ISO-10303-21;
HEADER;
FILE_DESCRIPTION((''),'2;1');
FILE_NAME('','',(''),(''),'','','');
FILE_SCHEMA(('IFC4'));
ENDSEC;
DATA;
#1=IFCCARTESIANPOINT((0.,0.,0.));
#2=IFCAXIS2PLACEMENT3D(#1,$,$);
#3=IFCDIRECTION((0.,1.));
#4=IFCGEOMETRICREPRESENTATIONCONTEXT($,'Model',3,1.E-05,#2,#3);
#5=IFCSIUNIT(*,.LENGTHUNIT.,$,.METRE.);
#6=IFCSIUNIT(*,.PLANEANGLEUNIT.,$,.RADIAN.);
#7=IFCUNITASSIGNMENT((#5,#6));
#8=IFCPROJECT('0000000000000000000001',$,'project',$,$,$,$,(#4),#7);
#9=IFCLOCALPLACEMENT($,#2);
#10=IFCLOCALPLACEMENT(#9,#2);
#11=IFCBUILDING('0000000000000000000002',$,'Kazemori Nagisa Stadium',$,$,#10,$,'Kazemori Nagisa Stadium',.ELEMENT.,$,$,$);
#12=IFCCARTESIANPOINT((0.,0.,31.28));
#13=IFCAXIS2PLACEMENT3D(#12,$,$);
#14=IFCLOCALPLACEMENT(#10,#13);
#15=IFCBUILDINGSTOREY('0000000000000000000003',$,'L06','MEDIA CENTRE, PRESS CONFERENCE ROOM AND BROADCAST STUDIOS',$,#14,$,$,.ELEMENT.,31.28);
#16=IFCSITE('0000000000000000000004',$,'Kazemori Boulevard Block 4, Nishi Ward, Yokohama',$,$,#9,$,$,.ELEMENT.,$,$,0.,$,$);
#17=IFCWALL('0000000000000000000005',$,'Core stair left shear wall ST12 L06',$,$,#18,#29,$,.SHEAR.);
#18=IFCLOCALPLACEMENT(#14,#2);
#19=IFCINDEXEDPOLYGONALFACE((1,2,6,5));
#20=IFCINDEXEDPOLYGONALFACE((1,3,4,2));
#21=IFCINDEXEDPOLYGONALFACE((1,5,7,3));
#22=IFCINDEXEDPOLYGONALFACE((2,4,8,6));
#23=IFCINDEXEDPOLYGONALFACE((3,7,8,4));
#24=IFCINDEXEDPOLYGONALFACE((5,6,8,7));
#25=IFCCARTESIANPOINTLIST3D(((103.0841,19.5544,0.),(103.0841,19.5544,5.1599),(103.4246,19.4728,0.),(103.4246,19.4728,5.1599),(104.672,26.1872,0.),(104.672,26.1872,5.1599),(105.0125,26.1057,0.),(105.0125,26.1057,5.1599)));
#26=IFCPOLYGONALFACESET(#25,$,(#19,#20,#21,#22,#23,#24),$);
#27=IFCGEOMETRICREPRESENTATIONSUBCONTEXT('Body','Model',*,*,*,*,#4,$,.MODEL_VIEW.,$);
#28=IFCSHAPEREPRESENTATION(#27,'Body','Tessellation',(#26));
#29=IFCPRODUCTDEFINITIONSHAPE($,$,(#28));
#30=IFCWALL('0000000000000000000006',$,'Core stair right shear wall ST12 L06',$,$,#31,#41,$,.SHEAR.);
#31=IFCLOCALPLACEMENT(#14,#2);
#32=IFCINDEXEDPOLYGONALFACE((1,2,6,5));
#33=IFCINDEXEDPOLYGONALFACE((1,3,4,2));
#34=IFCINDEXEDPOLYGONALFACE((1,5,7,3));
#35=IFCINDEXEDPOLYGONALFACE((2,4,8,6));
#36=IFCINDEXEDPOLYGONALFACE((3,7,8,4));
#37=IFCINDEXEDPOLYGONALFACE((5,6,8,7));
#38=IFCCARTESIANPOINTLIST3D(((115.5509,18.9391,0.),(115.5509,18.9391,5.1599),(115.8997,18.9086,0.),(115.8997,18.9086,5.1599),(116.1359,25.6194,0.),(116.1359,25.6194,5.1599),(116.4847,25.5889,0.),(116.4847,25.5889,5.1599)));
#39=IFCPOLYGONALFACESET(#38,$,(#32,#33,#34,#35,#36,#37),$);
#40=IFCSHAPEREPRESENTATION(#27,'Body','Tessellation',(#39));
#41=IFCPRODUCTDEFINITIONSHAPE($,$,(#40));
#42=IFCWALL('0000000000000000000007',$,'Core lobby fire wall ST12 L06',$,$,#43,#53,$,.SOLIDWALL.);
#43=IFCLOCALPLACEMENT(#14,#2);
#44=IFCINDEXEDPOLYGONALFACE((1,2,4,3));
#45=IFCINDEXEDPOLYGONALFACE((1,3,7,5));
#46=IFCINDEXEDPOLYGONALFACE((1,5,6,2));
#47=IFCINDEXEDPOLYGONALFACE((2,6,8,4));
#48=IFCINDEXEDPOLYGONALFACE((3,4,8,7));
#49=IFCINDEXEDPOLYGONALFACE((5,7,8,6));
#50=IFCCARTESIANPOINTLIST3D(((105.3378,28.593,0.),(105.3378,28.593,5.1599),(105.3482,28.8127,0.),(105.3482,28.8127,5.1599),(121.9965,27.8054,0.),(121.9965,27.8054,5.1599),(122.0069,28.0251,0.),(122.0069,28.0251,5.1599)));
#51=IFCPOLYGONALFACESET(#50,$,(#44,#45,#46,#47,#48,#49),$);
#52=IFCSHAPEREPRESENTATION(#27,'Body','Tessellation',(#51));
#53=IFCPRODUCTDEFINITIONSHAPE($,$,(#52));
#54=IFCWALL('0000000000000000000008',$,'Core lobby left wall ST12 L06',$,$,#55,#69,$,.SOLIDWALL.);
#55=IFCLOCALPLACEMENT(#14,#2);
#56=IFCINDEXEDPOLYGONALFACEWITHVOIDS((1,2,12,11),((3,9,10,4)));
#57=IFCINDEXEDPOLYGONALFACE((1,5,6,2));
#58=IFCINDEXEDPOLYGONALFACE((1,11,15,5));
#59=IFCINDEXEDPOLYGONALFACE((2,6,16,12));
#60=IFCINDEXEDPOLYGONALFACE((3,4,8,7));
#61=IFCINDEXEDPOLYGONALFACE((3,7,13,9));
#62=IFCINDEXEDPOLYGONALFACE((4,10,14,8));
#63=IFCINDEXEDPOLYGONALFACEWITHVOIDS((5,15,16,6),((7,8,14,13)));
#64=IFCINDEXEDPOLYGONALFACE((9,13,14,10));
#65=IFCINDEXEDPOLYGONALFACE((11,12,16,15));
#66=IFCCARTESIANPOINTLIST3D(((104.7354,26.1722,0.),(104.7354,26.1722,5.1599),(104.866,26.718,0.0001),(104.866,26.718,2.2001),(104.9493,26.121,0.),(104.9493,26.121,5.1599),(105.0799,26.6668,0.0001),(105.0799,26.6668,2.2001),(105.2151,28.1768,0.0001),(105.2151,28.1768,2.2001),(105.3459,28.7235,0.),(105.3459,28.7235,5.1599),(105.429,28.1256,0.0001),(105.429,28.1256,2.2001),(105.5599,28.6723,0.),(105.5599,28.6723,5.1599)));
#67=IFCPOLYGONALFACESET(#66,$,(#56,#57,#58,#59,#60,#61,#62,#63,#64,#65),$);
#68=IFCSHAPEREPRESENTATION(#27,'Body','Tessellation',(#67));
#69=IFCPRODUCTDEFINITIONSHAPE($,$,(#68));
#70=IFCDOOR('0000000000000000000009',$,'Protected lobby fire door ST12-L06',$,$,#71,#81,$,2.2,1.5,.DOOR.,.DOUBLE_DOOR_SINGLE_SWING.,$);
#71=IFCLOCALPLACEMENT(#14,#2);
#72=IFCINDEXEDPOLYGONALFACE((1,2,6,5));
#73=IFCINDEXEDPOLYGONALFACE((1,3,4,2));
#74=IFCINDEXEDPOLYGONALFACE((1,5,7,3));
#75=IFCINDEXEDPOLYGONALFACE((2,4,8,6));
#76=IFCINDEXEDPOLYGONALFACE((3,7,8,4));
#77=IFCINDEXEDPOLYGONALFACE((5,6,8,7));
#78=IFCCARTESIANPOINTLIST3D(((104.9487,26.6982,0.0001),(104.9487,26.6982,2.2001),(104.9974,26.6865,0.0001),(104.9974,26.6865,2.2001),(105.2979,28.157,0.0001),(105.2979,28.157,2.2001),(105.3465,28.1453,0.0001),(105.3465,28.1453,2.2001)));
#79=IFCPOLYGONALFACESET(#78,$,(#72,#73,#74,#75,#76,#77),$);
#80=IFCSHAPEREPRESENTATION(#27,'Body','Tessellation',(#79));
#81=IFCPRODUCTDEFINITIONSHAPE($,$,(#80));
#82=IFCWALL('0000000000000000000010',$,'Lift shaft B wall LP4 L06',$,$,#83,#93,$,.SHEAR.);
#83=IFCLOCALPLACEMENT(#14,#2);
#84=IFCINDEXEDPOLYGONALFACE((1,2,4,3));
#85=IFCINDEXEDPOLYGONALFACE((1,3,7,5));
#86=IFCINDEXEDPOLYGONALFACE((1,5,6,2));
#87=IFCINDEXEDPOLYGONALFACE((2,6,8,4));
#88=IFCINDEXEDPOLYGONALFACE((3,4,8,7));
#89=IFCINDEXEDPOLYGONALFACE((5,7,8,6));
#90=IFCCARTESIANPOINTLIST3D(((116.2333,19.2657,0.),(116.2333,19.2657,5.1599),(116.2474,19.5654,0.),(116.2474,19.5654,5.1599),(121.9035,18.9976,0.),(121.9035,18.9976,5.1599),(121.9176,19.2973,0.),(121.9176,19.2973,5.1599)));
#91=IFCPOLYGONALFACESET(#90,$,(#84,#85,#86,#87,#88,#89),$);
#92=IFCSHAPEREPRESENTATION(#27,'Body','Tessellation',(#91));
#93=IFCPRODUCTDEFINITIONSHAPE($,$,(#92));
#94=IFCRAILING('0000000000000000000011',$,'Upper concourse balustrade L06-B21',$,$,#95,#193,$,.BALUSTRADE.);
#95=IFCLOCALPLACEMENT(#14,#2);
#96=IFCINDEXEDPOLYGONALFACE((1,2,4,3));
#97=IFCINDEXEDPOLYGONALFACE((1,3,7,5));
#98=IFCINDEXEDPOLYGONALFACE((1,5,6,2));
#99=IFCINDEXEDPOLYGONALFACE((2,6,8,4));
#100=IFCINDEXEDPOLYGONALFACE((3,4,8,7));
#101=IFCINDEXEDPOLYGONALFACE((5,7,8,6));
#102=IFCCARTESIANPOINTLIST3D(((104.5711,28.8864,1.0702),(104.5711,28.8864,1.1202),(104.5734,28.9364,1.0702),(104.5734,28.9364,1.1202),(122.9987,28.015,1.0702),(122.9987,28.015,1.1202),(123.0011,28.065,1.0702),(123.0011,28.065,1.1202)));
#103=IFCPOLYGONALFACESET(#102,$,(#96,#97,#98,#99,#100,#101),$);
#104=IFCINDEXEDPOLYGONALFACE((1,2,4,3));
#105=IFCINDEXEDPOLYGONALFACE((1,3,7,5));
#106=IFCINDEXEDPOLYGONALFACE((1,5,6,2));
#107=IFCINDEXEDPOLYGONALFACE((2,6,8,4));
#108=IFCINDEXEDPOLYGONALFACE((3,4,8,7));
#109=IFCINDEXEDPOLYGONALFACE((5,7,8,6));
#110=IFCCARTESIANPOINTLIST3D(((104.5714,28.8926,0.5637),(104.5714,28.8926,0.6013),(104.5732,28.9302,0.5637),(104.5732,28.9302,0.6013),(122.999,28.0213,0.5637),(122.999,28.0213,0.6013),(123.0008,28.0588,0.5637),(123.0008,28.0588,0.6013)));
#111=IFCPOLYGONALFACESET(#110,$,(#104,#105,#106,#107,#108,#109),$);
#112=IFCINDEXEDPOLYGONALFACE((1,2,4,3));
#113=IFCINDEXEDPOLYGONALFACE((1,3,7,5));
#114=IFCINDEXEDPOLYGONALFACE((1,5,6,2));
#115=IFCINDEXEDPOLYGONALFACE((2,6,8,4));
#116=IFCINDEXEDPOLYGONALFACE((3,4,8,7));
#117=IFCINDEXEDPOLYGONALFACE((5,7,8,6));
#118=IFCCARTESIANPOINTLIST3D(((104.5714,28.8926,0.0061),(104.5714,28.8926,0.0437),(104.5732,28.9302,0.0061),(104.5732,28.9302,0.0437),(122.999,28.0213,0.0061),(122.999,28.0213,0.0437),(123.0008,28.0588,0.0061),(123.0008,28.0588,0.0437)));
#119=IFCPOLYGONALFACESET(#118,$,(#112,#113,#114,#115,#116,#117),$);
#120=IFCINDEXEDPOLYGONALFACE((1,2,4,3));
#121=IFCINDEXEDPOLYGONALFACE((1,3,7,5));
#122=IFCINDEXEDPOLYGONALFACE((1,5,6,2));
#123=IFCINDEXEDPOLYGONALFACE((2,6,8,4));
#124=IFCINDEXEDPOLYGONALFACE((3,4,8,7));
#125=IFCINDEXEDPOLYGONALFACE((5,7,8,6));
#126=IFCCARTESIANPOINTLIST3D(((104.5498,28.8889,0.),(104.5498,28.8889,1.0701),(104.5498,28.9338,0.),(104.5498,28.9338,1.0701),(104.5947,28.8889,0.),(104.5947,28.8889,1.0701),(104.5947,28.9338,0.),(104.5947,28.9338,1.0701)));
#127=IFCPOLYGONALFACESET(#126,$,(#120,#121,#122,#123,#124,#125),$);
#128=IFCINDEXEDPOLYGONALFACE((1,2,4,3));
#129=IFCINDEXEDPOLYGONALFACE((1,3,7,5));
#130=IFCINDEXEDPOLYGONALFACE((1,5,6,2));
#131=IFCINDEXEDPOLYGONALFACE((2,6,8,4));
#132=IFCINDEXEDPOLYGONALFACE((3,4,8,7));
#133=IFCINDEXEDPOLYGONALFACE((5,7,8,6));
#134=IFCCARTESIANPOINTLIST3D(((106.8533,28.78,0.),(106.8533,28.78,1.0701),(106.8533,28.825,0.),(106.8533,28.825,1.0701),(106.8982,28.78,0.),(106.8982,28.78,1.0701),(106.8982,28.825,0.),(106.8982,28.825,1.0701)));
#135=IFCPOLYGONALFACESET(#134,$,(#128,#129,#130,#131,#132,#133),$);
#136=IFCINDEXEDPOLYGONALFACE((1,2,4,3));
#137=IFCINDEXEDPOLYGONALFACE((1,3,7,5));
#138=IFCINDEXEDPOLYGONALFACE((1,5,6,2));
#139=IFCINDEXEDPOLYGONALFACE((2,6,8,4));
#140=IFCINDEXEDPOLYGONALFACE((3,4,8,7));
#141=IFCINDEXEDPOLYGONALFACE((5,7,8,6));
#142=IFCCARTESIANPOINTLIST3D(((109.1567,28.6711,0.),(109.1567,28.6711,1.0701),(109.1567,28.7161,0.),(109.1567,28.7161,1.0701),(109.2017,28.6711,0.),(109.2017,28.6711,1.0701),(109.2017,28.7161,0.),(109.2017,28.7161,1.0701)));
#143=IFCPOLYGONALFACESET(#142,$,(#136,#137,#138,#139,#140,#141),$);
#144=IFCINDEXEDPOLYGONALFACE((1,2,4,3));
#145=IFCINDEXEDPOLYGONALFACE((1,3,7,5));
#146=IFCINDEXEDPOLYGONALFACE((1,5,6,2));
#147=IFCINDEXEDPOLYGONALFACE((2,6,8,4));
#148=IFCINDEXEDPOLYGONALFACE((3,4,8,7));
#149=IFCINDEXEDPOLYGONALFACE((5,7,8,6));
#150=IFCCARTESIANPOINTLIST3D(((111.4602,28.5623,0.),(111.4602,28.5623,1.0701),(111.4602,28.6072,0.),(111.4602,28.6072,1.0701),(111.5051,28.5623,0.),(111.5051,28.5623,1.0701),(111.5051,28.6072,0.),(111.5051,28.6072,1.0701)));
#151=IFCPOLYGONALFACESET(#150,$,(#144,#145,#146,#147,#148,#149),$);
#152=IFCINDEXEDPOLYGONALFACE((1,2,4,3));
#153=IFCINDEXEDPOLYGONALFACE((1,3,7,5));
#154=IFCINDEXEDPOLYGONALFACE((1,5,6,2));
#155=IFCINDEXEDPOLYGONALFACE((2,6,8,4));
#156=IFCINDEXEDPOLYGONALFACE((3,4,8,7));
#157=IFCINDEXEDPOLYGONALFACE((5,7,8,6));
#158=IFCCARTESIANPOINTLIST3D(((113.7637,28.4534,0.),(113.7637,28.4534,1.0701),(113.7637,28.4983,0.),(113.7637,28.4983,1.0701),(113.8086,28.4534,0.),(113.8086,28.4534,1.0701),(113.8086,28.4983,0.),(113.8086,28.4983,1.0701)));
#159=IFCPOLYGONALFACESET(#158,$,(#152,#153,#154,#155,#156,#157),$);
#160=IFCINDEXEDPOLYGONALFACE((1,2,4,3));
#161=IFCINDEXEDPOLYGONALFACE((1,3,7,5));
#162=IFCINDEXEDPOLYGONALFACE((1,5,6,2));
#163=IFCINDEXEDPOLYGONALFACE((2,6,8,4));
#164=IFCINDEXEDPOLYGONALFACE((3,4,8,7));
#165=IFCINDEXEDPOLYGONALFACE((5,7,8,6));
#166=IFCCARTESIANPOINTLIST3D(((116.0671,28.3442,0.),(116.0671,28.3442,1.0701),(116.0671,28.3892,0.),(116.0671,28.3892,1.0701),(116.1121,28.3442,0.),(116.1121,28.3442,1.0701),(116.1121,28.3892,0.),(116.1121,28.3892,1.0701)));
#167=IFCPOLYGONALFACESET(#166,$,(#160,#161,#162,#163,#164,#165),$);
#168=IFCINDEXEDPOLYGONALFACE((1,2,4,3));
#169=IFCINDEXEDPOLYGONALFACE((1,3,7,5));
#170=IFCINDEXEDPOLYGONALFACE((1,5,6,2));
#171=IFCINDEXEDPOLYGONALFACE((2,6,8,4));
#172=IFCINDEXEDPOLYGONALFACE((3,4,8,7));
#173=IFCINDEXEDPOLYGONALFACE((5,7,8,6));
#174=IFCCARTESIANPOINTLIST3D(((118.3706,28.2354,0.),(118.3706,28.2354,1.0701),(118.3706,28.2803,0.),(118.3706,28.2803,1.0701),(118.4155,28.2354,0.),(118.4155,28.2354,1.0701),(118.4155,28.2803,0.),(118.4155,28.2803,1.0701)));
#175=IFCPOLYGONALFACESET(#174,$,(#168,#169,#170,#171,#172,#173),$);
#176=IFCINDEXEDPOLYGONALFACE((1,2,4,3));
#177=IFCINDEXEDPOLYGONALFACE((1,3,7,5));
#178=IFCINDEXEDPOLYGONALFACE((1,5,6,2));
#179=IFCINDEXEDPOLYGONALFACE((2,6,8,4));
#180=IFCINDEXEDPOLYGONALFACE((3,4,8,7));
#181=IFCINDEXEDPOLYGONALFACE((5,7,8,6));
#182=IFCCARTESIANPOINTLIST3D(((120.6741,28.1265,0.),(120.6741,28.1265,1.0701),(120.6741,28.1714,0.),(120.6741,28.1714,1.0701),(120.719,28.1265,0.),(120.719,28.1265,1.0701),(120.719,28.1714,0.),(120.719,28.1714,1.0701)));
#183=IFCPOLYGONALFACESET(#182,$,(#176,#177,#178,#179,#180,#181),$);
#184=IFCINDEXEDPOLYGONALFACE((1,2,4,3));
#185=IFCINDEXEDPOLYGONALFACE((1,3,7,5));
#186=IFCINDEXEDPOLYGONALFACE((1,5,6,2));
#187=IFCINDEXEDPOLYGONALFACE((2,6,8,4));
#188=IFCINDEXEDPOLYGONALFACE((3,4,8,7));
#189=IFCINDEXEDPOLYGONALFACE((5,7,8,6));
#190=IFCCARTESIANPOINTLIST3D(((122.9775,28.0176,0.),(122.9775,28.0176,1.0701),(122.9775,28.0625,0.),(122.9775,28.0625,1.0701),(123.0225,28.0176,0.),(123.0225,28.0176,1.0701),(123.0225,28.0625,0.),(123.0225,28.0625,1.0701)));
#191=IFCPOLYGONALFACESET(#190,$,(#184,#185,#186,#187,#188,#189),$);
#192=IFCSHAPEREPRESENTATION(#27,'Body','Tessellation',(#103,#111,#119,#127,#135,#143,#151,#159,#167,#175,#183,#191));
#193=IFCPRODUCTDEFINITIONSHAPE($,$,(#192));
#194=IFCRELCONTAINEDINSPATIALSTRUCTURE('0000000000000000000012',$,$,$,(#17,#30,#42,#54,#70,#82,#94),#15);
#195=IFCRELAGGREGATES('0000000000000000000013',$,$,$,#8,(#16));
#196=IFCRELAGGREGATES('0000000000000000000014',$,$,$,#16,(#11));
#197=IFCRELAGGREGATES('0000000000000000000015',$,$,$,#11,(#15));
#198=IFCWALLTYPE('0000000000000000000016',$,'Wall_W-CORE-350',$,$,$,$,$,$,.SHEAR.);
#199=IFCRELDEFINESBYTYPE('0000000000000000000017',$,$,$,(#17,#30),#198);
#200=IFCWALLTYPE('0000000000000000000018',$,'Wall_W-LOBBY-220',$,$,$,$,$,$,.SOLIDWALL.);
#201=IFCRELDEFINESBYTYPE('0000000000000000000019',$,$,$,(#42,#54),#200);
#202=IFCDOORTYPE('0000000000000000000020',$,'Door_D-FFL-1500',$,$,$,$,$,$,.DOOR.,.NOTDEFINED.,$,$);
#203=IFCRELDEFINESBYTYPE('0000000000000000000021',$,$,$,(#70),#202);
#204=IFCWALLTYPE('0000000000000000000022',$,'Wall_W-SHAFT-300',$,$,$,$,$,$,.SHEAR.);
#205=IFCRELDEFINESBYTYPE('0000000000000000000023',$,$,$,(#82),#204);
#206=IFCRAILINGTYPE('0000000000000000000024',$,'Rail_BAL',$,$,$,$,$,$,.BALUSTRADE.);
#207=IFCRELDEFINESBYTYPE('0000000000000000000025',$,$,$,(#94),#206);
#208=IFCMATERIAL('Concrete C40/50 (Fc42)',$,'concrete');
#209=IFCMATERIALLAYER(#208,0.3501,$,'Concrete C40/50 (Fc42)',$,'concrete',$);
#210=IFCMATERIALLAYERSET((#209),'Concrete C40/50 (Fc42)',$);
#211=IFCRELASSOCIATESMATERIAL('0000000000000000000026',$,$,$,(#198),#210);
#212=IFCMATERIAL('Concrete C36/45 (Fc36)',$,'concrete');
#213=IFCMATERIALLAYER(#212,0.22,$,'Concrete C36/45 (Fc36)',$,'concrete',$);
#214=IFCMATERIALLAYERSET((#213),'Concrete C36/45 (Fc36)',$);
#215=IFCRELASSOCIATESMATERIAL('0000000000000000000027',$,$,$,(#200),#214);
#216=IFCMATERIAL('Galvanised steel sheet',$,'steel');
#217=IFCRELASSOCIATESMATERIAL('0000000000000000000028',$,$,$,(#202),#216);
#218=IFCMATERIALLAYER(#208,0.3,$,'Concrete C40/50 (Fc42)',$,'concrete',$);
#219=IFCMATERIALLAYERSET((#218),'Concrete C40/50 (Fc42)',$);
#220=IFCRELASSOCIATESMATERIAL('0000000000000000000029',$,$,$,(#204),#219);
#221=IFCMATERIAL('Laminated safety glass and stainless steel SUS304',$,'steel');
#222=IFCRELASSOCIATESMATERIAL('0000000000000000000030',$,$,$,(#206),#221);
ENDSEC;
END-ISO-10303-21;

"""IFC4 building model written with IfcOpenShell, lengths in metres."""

from ifc_helpers import new_model, si_unit, direction, frame, frame_2d, origin, origin_2d, place, context, subcontext, project, spatial, rectangle, extrude, material, layer, layer_set, type_object, element, fill, save


model = new_model("IFC4")

# Units and contexts
model_context = context("Model", 3, precision=1e-05, world=origin(), true_north=direction((0.0, 1.0)))
body_context = subcontext(model_context, "Body", "Model", "MODEL_VIEW")
ifc_project = project(units=[si_unit("LENGTHUNIT", "METRE"), si_unit("PLANEANGLEUNIT", "RADIAN")], contexts=[model_context])

# Site, building, storey
site_placement = place(None, origin())
site = spatial("IfcSite", under=ifc_project, at=site_placement, Name="Kazemori Boulevard Block 4, Nishi Ward, Yokohama", CompositionType="ELEMENT", RefElevation=0.0)
building_placement = place(site_placement, origin())
building = spatial("IfcBuilding", under=site, at=building_placement, Name="Kazemori Nagisa Stadium", LongName="Kazemori Nagisa Stadium", CompositionType="ELEMENT")
storey_placement = place(building_placement, frame((0.0, 0.0, 31.28)))
storey = spatial("IfcBuildingStorey", under=building, at=storey_placement, Name="L06", Description="MEDIA CENTRE, PRESS CONFERENCE ROOM AND BROADCAST STUDIOS", CompositionType="ELEMENT", Elevation=31.28)

# Shared definitions
ifc_material_1 = material(Name="Concrete C40/50 (Fc42)", Category="concrete")
ifc_layer_1 = layer(ifc_material_1, 0.3501, Name="Concrete C40/50 (Fc42)", Category="concrete")
ifc_layer_set_1 = layer_set([ifc_layer_1], Name="Concrete C40/50 (Fc42)")
wall_type_1 = type_object("IfcWallType", Name="Wall_W-CORE-350", PredefinedType="SHEAR", material=ifc_layer_set_1)
ifc_material_2 = material(Name="Galvanised steel sheet", Category="steel")

# Walls
wall_1_placement = place(storey_placement, frame((104.8423, 26.1465, 0.0), z_axis=(0.0, 0.0, 1.0), x_axis=(-0.232821, -0.97252, 0.0)))
element("IfcWall", 1, at=wall_1_placement, inside=storey, type_object=wall_type_1, Name="Core stair left shear wall ST12 L06", PredefinedType="SHEAR", context=body_context, shape_type="SweptSolid", body=[
    extrude(rectangle(XDim=6.8203, YDim=0.3501, at=frame_2d((3.4102, 0.0))), origin(), (0.0, 0.0, 1.0), 5.1599),
])
wall_2_placement = place(storey_placement, frame((116.3103, 25.6042, 0.0), z_axis=(0.0, 0.0, 1.0), x_axis=(-0.087233, -0.996188, 0.0)))
element("IfcWall", 2, at=wall_2_placement, inside=storey, type_object=wall_type_1, Name="Core stair right shear wall ST12 L06", PredefinedType="SHEAR", context=body_context, shape_type="SweptSolid", body=[
    extrude(rectangle(XDim=6.7058, YDim=0.3501, at=frame_2d((3.353, 0.0))), origin(), (0.0, 0.0, 1.0), 5.1599),
])
ifc_material_3 = material(Name="Concrete C36/45 (Fc36)", Category="concrete")
ifc_layer_2 = layer(ifc_material_3, 0.22, Name="Concrete C36/45 (Fc36)", Category="concrete")
ifc_layer_set_2 = layer_set([ifc_layer_2], Name="Concrete C36/45 (Fc36)")
wall_type_2 = type_object("IfcWallType", Name="Wall_W-LOBBY-220", PredefinedType="SOLIDWALL", material=ifc_layer_set_2)
wall_3_placement = place(storey_placement, frame((105.343, 28.7029, 0.0), z_axis=(0.0, 0.0, 1.0), x_axis=(0.998884, -0.047226, 0.0)))
element("IfcWall", 3, at=wall_3_placement, inside=storey, type_object=wall_type_2, Name="Core lobby fire wall ST12 L06", PredefinedType="SOLIDWALL", context=body_context, shape_type="SweptSolid", body=[
    extrude(rectangle(XDim=16.6772, YDim=0.22, at=frame_2d((8.3386, 0.0))), origin(), (0.0, 0.0, 1.0), 5.1599),
])

# Wall, opening, door
wall_4_placement = place(storey_placement, frame((105.4529, 28.6978, 0.0), z_axis=(0.0, 0.0, 1.0), x_axis=(-0.232757, -0.972535, 0.0)))
wall_4 = element("IfcWall", 4, at=wall_4_placement, inside=storey, type_object=wall_type_2, Name="Core lobby left wall ST12 L06", PredefinedType="SOLIDWALL", context=body_context, shape_type="SweptSolid", body=[
    extrude(rectangle(XDim=2.6233, YDim=0.22, at=frame_2d((1.3115, 0.0))), origin(), (0.0, 0.0, 1.0), 5.1599),
])
opening_1_placement = place(wall_4_placement, frame((0.562, 0.0, 0.0)))
opening_1 = element("IfcOpeningElement", 5, at=opening_1_placement, cuts=wall_4, PredefinedType="OPENING", context=body_context, shape_type="SweptSolid", body=[
    extrude(rectangle(XDim=1.5, YDim=2.2, at=frame_2d((0.75, 1.1001))), frame((0.0, 0.1199, 0.0), z_axis=(0.0, -1.0, 0.0), x_axis=(1.0, 0.0, 0.0)), (0.0, 0.0, 1.0), 0.24),
])
door_type_1 = type_object("IfcDoorType", Name="Door_D-FFL-1500", OperationType="NOTDEFINED", PredefinedType="DOOR", material=ifc_material_2)
door_1_placement = place(opening_1_placement, frame((1.5, 0.0, 0.0), z_axis=(0.0, 0.0, 1.0), x_axis=(-1.0, 0.0, 0.0)))
door_1 = element("IfcDoor", 6, at=door_1_placement, inside=storey, type_object=door_type_1, Name="Protected lobby fire door ST12-L06", OperationType="DOUBLE_DOOR_SINGLE_SWING", OverallHeight=2.2, OverallWidth=1.5, PredefinedType="DOOR", context=body_context, shape_type="SweptSolid", body=[
    extrude(rectangle(XDim=1.5, YDim=2.2, at=frame_2d((0.75, 1.1001))), frame((0.0, 0.0249, 0.0), z_axis=(0.0, -1.0, 0.0), x_axis=(1.0, 0.0, 0.0)), (0.0, 0.0, 1.0), 0.05),
])
fill(opening_1, door_1)

# Wall
ifc_layer_3 = layer(ifc_material_1, 0.3, Name="Concrete C40/50 (Fc42)", Category="concrete")
ifc_layer_set_3 = layer_set([ifc_layer_3], Name="Concrete C40/50 (Fc42)")
wall_type_3 = type_object("IfcWallType", Name="Wall_W-SHAFT-300", PredefinedType="SHEAR", material=ifc_layer_set_3)
wall_5_placement = place(storey_placement, frame((116.2402, 19.4155, 0.0), z_axis=(0.0, 0.0, 1.0), x_axis=(0.998884, -0.047224, 0.0)))
element("IfcWall", 7, at=wall_5_placement, inside=storey, type_object=wall_type_3, Name="Lift shaft B wall LP4 L06", PredefinedType="SHEAR", context=body_context, shape_type="SweptSolid", body=[
    extrude(rectangle(XDim=5.6765, YDim=0.3, at=frame_2d((2.8384, 0.0))), origin(), (0.0, 0.0, 1.0), 5.1599),
])

# Railing
ifc_material_4 = material(Name="Laminated safety glass and stainless steel SUS304", Category="steel")
railing_type_1 = type_object("IfcRailingType", Name="Rail_BAL", PredefinedType="BALUSTRADE", material=ifc_material_4)
railing_1_placement = place(storey_placement, frame((104.5723, 28.9114, 0.0)))
element("IfcRailing", 8, at=railing_1_placement, inside=storey, type_object=railing_type_1, Name="Upper concourse balustrade L06-B21", PredefinedType="BALUSTRADE", context=body_context, shape_type="SweptSolid", body=[
    extrude(rectangle(XDim=0.05, YDim=0.05, at=origin_2d()), frame((0.0, 0.0, 1.0952), z_axis=(0.998884, -0.047231, 0.0), x_axis=(0.047231, 0.998884, 0.0)), (0.0, 0.0, 1.0), 18.4482),
    extrude(rectangle(XDim=0.0376, YDim=0.0376, at=origin_2d()), frame((0.0, 0.0, 0.5825), z_axis=(0.998884, -0.047231, 0.0), x_axis=(0.047231, 0.998884, 0.0)), (0.0, 0.0, 1.0), 18.4482),
    extrude(rectangle(XDim=0.0376, YDim=0.0376, at=origin_2d()), frame((0.0, 0.0, 0.0249), z_axis=(0.998884, -0.047231, 0.0), x_axis=(0.047231, 0.998884, 0.0)), (0.0, 0.0, 1.0), 18.4482),
    extrude(rectangle(XDim=0.0449, YDim=0.0449, at=origin_2d()), origin(), (0.0, 0.0, 1.0), 1.0701),
    extrude(rectangle(XDim=0.0449, YDim=0.0449, at=origin_2d()), frame((2.3035, -0.1089, 0.0)), (0.0, 0.0, 1.0), 1.0701),
    extrude(rectangle(XDim=0.0449, YDim=0.0449, at=origin_2d()), frame((4.6069, -0.2178, 0.0)), (0.0, 0.0, 1.0), 1.0701),
    extrude(rectangle(XDim=0.0449, YDim=0.0449, at=origin_2d()), frame((6.9104, -0.3267, 0.0)), (0.0, 0.0, 1.0), 1.0701),
    extrude(rectangle(XDim=0.0449, YDim=0.0449, at=origin_2d()), frame((9.2139, -0.4355, 0.0)), (0.0, 0.0, 1.0), 1.0701),
    extrude(rectangle(XDim=0.0449, YDim=0.0449, at=origin_2d()), frame((11.5173, -0.5447, 0.0)), (0.0, 0.0, 1.0), 1.0701),
    extrude(rectangle(XDim=0.0449, YDim=0.0449, at=origin_2d()), frame((13.8208, -0.6536, 0.0)), (0.0, 0.0, 1.0), 1.0701),
    extrude(rectangle(XDim=0.0449, YDim=0.0449, at=origin_2d()), frame((16.1243, -0.7625, 0.0)), (0.0, 0.0, 1.0), 1.0701),
    extrude(rectangle(XDim=0.0449, YDim=0.0449, at=origin_2d()), frame((18.4277, -0.8713, 0.0)), (0.0, 0.0, 1.0), 1.0701),
])

save(model, "model.ifc")
